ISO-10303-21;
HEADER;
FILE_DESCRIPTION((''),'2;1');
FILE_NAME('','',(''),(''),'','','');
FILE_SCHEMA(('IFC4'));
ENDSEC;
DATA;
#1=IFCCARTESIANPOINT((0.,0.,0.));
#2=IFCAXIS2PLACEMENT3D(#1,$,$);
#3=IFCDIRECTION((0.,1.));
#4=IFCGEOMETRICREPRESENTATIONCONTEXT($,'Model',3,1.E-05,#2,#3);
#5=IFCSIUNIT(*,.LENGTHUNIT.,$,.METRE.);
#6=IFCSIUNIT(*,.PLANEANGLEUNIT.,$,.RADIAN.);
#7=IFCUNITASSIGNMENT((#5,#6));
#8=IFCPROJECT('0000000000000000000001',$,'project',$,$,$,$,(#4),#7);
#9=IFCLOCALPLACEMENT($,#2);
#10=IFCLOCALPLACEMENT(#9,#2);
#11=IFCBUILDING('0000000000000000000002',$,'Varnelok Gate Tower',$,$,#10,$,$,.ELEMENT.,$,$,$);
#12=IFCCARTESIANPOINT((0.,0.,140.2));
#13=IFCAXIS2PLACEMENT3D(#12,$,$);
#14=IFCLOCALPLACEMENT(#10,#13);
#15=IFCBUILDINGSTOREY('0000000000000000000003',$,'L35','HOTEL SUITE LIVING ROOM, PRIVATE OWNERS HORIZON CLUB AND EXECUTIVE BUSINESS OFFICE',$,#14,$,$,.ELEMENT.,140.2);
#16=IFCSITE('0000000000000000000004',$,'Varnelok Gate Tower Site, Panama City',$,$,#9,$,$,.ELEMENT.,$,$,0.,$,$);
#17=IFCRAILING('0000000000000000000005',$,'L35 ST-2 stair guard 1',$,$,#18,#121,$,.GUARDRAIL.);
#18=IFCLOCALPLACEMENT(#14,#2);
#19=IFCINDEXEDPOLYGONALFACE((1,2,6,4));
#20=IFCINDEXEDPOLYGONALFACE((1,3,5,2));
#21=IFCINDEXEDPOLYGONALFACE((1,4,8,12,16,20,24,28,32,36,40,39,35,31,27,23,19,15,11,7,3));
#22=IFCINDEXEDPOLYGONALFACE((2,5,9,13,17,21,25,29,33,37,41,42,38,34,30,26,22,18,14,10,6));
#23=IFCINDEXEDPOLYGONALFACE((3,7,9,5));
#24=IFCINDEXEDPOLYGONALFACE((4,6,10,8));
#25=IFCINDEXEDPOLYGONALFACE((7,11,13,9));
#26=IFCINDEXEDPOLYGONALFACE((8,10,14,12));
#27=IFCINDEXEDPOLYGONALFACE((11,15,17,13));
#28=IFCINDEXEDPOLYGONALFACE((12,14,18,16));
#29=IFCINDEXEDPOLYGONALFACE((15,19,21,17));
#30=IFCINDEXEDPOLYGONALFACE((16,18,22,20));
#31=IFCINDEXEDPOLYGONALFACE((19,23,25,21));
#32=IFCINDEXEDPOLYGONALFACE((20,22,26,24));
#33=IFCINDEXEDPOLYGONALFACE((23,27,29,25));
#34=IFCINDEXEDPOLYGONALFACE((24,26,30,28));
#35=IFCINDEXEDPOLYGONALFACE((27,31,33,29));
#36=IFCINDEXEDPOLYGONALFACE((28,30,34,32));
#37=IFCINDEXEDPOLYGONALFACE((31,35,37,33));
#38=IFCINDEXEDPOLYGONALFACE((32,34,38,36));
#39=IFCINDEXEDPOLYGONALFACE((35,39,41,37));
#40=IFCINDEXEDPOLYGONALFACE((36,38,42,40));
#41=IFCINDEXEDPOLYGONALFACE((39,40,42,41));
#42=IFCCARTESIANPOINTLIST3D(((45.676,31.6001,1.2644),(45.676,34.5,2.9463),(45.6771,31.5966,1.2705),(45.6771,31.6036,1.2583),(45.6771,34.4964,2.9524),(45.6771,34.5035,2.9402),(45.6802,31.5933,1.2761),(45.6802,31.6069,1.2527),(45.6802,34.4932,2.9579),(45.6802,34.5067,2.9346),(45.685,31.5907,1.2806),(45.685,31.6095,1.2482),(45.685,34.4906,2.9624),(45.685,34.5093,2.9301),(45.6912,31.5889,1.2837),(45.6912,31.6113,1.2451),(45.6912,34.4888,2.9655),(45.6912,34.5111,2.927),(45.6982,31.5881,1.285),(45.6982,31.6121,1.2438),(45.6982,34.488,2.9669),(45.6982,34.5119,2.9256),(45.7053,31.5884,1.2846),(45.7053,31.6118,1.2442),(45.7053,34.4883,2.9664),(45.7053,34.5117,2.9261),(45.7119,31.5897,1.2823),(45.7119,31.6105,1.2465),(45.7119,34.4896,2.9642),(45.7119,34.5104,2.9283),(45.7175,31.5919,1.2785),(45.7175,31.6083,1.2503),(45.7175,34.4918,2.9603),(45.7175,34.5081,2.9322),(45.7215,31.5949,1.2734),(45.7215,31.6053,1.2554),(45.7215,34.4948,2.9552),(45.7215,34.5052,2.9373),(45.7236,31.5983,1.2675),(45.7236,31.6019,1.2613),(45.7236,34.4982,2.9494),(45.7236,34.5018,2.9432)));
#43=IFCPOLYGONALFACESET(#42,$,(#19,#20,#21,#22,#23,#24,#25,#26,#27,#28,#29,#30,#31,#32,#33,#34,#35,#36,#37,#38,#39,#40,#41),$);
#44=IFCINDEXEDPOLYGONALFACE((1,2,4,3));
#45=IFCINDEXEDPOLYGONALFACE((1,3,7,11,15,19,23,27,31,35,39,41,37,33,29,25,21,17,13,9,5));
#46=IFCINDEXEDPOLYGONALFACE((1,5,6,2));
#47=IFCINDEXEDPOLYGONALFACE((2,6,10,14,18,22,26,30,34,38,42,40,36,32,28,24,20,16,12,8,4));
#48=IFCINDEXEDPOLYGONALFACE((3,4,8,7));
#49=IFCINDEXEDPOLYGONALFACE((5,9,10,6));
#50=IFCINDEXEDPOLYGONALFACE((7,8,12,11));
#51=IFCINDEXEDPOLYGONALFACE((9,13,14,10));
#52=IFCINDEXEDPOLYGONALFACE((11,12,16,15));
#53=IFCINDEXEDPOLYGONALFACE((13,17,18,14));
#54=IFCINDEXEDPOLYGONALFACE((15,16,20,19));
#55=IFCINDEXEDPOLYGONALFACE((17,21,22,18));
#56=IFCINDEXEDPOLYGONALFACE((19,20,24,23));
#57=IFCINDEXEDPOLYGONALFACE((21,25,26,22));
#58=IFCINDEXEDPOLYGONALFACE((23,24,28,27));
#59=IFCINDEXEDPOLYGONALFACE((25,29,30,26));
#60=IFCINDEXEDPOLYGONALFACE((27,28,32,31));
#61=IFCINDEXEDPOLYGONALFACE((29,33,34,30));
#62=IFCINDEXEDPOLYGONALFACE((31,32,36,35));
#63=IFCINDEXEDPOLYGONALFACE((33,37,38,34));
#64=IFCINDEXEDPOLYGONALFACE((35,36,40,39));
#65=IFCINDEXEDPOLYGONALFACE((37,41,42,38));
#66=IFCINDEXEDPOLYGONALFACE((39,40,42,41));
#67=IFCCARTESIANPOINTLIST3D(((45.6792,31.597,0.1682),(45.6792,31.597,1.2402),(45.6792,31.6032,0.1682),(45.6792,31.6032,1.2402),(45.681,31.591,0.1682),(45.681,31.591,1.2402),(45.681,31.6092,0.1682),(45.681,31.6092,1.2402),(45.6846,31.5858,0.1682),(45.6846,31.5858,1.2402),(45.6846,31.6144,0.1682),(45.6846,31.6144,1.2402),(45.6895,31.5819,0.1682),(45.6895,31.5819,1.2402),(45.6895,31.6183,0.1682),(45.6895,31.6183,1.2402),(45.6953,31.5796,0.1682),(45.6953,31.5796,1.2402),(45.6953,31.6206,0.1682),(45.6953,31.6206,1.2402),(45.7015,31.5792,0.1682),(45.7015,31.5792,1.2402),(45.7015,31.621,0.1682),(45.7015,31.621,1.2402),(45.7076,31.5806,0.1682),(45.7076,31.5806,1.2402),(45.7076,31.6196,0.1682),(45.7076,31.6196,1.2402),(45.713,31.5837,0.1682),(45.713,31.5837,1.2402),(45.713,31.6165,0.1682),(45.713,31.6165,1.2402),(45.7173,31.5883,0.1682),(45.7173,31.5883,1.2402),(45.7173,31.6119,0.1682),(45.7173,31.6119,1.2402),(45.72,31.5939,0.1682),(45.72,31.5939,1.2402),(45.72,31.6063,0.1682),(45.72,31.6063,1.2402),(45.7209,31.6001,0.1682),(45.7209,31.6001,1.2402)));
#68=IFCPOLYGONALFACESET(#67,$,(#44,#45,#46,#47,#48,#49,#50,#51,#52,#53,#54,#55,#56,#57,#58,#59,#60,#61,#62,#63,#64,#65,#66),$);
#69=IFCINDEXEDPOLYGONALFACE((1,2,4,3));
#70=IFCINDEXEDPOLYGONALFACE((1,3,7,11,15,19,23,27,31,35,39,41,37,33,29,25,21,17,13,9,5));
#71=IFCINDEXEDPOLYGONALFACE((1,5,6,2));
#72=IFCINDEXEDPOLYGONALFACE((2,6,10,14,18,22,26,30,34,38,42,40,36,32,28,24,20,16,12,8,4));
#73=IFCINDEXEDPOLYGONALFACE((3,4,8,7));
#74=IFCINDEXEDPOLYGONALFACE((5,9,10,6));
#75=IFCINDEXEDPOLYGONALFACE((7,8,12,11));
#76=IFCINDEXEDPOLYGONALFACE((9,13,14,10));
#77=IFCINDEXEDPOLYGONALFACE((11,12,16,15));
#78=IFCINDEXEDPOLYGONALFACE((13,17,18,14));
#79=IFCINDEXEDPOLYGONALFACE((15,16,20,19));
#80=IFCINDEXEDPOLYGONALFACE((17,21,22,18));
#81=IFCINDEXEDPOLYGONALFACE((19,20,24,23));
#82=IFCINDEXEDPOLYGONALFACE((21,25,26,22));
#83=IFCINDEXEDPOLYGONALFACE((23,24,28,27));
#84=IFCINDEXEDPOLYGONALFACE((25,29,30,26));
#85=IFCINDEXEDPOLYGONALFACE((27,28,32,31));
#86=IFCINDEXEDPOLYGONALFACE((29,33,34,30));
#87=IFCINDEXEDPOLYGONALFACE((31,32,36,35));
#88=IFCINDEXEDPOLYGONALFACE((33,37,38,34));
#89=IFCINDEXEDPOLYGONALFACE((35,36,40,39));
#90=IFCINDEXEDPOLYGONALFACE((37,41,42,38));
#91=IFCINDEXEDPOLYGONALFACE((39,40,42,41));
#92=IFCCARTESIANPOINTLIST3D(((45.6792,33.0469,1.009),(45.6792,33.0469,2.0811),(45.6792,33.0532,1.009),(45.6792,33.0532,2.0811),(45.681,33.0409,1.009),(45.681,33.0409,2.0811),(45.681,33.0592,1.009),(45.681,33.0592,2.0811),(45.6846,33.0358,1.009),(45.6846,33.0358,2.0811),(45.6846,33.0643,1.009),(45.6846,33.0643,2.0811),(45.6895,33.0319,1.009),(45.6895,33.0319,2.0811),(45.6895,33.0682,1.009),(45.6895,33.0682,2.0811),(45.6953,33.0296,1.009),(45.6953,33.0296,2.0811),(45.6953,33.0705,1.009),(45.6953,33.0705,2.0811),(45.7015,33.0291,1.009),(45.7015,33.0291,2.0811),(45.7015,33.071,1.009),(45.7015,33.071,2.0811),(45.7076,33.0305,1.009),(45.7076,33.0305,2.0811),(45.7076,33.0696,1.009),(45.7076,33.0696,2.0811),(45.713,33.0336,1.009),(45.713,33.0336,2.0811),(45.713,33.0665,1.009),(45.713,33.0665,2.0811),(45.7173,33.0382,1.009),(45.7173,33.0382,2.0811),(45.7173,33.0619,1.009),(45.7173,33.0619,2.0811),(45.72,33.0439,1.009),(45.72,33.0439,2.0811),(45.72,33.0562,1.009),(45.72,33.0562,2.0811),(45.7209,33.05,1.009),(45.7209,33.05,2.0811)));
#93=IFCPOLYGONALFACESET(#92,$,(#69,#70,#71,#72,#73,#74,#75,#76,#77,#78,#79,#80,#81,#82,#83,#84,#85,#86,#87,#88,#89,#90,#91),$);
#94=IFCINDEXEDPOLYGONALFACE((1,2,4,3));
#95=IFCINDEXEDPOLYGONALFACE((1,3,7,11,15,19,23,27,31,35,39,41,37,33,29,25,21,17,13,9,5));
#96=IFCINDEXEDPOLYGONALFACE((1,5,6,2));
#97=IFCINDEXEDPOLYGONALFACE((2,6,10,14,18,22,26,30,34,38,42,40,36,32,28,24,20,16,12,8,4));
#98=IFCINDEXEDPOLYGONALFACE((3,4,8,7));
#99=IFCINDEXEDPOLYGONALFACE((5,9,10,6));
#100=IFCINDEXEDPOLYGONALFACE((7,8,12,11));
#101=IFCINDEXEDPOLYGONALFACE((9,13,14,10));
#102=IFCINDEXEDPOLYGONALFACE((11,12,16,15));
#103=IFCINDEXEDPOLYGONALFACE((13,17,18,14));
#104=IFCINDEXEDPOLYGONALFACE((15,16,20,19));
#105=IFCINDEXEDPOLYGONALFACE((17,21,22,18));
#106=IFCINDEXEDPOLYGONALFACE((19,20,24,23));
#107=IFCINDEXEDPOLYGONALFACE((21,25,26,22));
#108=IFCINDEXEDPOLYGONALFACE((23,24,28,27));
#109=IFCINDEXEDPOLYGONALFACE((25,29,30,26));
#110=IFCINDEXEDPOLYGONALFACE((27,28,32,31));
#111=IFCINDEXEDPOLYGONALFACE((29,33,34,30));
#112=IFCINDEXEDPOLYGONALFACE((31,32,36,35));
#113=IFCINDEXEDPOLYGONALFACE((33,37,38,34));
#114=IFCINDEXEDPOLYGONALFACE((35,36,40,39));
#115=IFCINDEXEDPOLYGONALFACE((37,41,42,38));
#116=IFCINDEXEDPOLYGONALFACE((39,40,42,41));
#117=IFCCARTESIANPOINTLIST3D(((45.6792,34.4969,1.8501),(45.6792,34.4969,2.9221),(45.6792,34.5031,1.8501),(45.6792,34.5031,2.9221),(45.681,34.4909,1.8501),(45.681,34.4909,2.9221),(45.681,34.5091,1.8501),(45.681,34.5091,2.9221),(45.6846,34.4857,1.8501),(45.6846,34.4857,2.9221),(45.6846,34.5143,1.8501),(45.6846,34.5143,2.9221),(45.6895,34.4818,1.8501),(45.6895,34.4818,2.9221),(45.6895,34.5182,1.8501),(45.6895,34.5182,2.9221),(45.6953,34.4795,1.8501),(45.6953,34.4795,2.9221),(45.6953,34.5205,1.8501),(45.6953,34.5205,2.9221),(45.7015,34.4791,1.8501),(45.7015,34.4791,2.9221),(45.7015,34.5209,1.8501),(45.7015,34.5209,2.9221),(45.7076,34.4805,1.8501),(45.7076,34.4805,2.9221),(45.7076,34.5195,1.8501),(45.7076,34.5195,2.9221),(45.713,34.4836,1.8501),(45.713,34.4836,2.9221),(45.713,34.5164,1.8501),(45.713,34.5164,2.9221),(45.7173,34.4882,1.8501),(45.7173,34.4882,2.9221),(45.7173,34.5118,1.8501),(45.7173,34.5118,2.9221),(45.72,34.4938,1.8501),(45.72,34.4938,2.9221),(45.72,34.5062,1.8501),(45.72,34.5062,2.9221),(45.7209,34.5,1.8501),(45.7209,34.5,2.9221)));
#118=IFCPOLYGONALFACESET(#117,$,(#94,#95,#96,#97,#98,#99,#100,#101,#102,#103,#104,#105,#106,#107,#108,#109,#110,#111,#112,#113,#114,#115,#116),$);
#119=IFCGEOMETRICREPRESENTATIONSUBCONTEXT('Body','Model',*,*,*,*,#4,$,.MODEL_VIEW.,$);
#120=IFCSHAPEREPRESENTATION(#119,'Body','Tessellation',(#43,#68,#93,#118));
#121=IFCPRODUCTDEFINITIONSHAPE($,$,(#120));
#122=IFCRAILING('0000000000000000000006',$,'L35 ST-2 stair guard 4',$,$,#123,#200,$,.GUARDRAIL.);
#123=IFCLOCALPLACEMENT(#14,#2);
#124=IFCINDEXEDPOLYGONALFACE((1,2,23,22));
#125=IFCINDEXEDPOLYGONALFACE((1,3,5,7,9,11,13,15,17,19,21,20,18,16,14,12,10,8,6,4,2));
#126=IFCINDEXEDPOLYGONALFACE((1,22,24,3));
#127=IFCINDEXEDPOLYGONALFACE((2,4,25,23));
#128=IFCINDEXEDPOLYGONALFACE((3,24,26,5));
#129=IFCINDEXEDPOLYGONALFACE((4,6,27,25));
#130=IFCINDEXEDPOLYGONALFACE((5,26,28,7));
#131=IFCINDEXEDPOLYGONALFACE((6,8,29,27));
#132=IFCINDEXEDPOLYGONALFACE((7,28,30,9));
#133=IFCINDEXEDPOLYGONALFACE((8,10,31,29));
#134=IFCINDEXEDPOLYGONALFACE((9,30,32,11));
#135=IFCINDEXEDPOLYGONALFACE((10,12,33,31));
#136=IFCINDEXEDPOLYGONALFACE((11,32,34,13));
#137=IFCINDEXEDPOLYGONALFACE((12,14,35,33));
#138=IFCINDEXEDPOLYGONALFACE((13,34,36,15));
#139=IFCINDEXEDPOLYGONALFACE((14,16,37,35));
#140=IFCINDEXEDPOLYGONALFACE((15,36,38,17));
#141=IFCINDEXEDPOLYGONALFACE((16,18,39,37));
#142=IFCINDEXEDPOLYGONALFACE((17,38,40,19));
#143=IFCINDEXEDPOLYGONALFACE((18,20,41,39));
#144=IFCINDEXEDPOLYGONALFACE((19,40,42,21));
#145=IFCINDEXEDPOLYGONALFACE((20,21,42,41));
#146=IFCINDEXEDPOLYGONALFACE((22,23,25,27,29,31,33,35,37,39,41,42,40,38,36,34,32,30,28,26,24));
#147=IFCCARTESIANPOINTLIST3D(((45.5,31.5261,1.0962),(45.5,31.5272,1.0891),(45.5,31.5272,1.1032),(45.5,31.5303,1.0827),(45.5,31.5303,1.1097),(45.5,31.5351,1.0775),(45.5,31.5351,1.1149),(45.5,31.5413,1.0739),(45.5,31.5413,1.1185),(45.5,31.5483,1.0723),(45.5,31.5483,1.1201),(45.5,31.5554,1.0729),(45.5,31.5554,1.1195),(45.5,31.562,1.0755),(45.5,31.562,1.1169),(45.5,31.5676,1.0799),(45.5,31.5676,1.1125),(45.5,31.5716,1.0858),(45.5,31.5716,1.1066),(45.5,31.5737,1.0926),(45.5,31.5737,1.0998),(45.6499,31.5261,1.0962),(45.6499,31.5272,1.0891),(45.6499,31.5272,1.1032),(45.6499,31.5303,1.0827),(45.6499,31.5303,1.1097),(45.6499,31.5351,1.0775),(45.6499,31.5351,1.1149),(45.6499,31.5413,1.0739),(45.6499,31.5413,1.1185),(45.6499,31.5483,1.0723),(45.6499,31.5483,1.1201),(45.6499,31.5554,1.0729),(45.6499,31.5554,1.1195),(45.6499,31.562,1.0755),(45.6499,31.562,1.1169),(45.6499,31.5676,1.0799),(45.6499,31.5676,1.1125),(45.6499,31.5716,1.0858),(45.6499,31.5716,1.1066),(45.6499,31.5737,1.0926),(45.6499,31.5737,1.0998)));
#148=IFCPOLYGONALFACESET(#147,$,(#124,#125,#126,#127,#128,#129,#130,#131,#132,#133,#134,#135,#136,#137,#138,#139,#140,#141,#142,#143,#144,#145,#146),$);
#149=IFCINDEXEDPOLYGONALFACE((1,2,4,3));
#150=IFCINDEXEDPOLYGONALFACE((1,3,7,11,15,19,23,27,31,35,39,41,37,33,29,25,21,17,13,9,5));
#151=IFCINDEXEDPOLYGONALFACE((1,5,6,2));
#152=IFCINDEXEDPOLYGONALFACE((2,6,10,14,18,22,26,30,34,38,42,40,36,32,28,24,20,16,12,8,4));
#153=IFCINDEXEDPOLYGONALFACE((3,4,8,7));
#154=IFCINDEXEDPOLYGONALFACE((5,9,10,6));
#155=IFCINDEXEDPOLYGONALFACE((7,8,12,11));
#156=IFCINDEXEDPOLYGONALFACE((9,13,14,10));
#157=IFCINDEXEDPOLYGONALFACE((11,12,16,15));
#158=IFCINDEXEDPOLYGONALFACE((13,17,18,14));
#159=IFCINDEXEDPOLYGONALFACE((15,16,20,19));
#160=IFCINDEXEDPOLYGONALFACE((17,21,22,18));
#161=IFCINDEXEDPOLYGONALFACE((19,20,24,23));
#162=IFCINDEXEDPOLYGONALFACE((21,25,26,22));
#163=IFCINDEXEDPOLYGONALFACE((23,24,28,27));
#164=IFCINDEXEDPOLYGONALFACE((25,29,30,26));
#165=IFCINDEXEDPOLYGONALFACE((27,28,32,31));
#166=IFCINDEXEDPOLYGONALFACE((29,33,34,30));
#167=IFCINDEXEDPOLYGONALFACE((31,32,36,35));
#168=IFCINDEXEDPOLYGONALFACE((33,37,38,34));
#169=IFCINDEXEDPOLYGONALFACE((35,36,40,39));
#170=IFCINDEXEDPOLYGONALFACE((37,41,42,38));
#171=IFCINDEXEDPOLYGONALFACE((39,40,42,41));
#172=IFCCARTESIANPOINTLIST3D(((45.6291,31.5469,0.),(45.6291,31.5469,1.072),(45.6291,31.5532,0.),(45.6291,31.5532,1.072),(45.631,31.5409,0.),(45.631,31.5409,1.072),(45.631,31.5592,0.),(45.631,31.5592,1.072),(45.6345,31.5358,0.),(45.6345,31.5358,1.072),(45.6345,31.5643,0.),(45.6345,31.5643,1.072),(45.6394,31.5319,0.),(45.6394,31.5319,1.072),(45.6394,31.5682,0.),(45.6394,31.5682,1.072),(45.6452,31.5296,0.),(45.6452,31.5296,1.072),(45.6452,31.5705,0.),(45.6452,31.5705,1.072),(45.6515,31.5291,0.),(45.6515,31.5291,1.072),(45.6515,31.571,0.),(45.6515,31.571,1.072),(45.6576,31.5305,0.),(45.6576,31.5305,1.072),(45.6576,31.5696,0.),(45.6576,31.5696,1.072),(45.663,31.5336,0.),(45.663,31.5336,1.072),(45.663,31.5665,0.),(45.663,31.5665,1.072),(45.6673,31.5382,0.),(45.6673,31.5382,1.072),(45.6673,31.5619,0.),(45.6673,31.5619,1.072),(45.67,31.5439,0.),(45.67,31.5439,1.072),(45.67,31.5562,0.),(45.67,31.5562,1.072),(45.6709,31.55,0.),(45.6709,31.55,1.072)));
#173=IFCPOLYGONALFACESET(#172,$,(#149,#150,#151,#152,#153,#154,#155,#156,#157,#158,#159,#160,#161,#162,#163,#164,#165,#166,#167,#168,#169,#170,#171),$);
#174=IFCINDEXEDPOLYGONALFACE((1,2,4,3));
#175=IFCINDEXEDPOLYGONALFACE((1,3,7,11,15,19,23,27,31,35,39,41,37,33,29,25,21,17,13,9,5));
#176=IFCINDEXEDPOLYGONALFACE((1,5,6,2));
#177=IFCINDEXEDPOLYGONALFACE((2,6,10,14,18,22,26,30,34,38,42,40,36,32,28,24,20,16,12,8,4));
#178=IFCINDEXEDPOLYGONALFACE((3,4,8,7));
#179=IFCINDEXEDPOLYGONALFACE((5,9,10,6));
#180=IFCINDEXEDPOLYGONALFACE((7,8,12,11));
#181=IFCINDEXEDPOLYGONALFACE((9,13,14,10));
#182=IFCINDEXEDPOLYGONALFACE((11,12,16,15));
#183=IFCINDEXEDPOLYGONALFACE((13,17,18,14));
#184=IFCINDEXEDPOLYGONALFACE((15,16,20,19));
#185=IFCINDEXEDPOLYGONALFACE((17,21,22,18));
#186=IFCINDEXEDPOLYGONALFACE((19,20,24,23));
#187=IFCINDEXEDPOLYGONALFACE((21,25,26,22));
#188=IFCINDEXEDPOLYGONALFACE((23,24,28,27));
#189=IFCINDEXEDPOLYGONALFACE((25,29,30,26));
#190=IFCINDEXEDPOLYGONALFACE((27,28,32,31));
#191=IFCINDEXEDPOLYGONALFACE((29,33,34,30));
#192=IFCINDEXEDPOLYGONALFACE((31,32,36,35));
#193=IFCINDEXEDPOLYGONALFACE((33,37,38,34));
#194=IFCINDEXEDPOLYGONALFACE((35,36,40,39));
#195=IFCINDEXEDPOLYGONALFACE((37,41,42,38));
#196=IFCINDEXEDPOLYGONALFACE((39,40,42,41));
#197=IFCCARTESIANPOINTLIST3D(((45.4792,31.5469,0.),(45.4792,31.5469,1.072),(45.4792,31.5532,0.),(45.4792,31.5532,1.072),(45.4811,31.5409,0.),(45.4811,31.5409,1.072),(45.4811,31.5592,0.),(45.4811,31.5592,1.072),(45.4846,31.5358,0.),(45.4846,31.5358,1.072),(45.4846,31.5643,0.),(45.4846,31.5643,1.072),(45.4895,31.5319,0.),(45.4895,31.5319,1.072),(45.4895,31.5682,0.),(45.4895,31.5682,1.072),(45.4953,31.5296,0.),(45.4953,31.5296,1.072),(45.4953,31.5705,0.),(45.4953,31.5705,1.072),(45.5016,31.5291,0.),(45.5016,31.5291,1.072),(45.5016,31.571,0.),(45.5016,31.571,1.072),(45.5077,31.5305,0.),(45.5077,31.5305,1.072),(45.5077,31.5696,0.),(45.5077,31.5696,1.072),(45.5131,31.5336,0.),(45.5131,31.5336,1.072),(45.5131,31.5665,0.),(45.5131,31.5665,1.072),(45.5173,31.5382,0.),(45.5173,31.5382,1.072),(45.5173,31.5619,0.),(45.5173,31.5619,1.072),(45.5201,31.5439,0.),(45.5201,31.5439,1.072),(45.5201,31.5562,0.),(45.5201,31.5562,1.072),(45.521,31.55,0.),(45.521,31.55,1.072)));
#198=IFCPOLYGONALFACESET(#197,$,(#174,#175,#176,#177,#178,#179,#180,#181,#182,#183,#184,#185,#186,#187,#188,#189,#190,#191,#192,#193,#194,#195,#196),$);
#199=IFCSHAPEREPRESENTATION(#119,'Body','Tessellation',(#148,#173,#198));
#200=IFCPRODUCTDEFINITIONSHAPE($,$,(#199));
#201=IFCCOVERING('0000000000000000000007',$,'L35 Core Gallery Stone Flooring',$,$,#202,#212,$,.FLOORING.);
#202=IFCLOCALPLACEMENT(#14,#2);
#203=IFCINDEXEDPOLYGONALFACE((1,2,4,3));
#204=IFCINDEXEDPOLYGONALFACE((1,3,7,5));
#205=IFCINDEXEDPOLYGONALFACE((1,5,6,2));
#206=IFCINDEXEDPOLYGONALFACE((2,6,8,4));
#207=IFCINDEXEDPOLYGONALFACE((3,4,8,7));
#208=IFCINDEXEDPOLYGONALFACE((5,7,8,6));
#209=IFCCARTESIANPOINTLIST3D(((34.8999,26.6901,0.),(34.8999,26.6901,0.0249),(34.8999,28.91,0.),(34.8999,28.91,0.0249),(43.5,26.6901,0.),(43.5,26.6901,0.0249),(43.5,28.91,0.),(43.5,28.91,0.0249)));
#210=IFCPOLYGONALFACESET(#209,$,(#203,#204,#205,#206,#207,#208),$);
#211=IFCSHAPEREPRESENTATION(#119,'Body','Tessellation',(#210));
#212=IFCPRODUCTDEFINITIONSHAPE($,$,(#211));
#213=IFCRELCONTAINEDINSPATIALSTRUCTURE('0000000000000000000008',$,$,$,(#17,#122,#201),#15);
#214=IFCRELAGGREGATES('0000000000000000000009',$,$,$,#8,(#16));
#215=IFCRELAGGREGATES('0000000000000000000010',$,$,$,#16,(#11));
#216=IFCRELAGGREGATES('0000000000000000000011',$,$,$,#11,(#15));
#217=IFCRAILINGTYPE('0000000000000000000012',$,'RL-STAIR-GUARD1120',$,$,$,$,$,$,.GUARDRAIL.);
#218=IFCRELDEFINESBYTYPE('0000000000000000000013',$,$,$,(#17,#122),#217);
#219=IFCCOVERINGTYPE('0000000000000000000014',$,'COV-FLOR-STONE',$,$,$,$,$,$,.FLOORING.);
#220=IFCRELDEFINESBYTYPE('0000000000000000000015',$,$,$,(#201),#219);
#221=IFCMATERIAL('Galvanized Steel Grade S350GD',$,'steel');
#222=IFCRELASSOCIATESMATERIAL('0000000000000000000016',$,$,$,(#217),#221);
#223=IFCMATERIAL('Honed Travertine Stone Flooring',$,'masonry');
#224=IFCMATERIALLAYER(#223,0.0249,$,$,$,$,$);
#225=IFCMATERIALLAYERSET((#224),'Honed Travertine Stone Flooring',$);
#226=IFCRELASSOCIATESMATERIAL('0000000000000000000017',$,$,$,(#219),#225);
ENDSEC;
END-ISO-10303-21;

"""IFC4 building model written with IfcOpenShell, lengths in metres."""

from ifc_helpers import new_model, si_unit, direction, frame, origin, origin_2d, place, context, subcontext, project, spatial, rectangle, circle, extrude, source, transform, mapped, material, layer, layer_set, type_object, element, save


model = new_model("IFC4")

# Units and contexts
model_context = context("Model", 3, precision=1e-05, world=origin(), true_north=direction((0.0, 1.0)))
body_context = subcontext(model_context, "Body", "Model", "MODEL_VIEW")
ifc_project = project(units=[si_unit("LENGTHUNIT", "METRE"), si_unit("PLANEANGLEUNIT", "RADIAN")], contexts=[model_context])

# Site, building, storey
site_placement = place(None, origin())
site = spatial("IfcSite", under=ifc_project, at=site_placement, Name="Varnelok Gate Tower Site, Panama City", CompositionType="ELEMENT", RefElevation=0.0)
building_placement = place(site_placement, origin())
building = spatial("IfcBuilding", under=site, at=building_placement, Name="Varnelok Gate Tower", CompositionType="ELEMENT")
storey_placement = place(building_placement, frame((0.0, 0.0, 140.2)))
storey = spatial("IfcBuildingStorey", under=building, at=storey_placement, Name="L35", Description="HOTEL SUITE LIVING ROOM, PRIVATE OWNERS HORIZON CLUB AND EXECUTIVE BUSINESS OFFICE", CompositionType="ELEMENT", Elevation=140.2)

# Shared definitions
ifc_material_1 = material(Name="Galvanized Steel Grade S350GD", Category="steel")

# Railings
railing_type_1 = type_object("IfcRailingType", Name="RL-STAIR-GUARD1120", PredefinedType="GUARDRAIL", material=ifc_material_1)
railing_1_placement = place(storey_placement, frame((45.7, 31.6001, 0.1682)))
element("IfcRailing", 1, at=railing_1_placement, inside=storey, type_object=railing_type_1, Name="L35 ST-2 stair guard 1", PredefinedType="GUARDRAIL", context=body_context, shape_type="SweptSolid", body=[
    extrude(circle(Radius=0.0239, at=origin_2d()), frame((0.0, 0.0, 1.0962), z_axis=(0.0, 0.865039, 0.501705), x_axis=(-1.0, 0.0, 0.0)), (0.0, 0.0, 1.0), 3.3523),
    extrude(circle(Radius=0.021, at=origin_2d()), origin(), (0.0, 0.0, 1.0), 1.072),
    extrude(circle(Radius=0.021, at=origin_2d()), frame((0.0, 1.45, 0.8408)), (0.0, 0.0, 1.0), 1.072),
    extrude(circle(Radius=0.021, at=origin_2d()), frame((0.0, 2.8999, 1.6819)), (0.0, 0.0, 1.0), 1.072),
])
railing_2_placement = place(storey_placement, frame((45.6499, 31.55, 0.0)))
element("IfcRailing", 2, at=railing_2_placement, inside=storey, type_object=railing_type_1, Name="L35 ST-2 stair guard 4", PredefinedType="GUARDRAIL", context=body_context, shape_type="SweptSolid", body=[
    extrude(circle(Radius=0.0239, at=origin_2d()), frame((0.0, 0.0, 1.0962), z_axis=(-1.0, 0.0, 0.0), x_axis=(0.0, -1.0, 0.0)), (0.0, 0.0, 1.0), 0.1499),
    extrude(circle(Radius=0.021, at=origin_2d()), origin(), (0.0, 0.0, 1.0), 1.072),
    extrude(circle(Radius=0.021, at=origin_2d()), frame((-0.1499, 0.0, 0.0)), (0.0, 0.0, 1.0), 1.072),
])

# Covering
ifc_material_2 = material(Name="Honed Travertine Stone Flooring", Category="masonry")
ifc_layer_1 = layer(ifc_material_2, 0.0249)
ifc_layer_set_1 = layer_set([ifc_layer_1], Name="Honed Travertine Stone Flooring")
covering_type_1 = type_object("IfcCoveringType", Name="COV-FLOR-STONE", PredefinedType="FLOORING", material=ifc_layer_set_1)
shared_shape_1 = source(origin(), body_context, "Body", "SweptSolid", [
    extrude(rectangle(XDim=8.6001, YDim=2.22, at=origin_2d()), origin(), (0.0, 0.0, 1.0), 0.0249),
])
covering_1_placement = place(storey_placement, frame((39.2, 27.8, 0.0), z_axis=(0.0, 0.0, 1.0), x_axis=(1.0, 0.0, 0.0)))
element("IfcCovering", 3, at=covering_1_placement, inside=storey, type_object=covering_type_1, Name="L35 Core Gallery Stone Flooring", PredefinedType="FLOORING", context=body_context, shape_type="MappedRepresentation", body=[
    mapped(shared_shape_1, transform((0.0, 0.0, 0.0), scale=1.0)),
])

save(model, "model.ifc")
